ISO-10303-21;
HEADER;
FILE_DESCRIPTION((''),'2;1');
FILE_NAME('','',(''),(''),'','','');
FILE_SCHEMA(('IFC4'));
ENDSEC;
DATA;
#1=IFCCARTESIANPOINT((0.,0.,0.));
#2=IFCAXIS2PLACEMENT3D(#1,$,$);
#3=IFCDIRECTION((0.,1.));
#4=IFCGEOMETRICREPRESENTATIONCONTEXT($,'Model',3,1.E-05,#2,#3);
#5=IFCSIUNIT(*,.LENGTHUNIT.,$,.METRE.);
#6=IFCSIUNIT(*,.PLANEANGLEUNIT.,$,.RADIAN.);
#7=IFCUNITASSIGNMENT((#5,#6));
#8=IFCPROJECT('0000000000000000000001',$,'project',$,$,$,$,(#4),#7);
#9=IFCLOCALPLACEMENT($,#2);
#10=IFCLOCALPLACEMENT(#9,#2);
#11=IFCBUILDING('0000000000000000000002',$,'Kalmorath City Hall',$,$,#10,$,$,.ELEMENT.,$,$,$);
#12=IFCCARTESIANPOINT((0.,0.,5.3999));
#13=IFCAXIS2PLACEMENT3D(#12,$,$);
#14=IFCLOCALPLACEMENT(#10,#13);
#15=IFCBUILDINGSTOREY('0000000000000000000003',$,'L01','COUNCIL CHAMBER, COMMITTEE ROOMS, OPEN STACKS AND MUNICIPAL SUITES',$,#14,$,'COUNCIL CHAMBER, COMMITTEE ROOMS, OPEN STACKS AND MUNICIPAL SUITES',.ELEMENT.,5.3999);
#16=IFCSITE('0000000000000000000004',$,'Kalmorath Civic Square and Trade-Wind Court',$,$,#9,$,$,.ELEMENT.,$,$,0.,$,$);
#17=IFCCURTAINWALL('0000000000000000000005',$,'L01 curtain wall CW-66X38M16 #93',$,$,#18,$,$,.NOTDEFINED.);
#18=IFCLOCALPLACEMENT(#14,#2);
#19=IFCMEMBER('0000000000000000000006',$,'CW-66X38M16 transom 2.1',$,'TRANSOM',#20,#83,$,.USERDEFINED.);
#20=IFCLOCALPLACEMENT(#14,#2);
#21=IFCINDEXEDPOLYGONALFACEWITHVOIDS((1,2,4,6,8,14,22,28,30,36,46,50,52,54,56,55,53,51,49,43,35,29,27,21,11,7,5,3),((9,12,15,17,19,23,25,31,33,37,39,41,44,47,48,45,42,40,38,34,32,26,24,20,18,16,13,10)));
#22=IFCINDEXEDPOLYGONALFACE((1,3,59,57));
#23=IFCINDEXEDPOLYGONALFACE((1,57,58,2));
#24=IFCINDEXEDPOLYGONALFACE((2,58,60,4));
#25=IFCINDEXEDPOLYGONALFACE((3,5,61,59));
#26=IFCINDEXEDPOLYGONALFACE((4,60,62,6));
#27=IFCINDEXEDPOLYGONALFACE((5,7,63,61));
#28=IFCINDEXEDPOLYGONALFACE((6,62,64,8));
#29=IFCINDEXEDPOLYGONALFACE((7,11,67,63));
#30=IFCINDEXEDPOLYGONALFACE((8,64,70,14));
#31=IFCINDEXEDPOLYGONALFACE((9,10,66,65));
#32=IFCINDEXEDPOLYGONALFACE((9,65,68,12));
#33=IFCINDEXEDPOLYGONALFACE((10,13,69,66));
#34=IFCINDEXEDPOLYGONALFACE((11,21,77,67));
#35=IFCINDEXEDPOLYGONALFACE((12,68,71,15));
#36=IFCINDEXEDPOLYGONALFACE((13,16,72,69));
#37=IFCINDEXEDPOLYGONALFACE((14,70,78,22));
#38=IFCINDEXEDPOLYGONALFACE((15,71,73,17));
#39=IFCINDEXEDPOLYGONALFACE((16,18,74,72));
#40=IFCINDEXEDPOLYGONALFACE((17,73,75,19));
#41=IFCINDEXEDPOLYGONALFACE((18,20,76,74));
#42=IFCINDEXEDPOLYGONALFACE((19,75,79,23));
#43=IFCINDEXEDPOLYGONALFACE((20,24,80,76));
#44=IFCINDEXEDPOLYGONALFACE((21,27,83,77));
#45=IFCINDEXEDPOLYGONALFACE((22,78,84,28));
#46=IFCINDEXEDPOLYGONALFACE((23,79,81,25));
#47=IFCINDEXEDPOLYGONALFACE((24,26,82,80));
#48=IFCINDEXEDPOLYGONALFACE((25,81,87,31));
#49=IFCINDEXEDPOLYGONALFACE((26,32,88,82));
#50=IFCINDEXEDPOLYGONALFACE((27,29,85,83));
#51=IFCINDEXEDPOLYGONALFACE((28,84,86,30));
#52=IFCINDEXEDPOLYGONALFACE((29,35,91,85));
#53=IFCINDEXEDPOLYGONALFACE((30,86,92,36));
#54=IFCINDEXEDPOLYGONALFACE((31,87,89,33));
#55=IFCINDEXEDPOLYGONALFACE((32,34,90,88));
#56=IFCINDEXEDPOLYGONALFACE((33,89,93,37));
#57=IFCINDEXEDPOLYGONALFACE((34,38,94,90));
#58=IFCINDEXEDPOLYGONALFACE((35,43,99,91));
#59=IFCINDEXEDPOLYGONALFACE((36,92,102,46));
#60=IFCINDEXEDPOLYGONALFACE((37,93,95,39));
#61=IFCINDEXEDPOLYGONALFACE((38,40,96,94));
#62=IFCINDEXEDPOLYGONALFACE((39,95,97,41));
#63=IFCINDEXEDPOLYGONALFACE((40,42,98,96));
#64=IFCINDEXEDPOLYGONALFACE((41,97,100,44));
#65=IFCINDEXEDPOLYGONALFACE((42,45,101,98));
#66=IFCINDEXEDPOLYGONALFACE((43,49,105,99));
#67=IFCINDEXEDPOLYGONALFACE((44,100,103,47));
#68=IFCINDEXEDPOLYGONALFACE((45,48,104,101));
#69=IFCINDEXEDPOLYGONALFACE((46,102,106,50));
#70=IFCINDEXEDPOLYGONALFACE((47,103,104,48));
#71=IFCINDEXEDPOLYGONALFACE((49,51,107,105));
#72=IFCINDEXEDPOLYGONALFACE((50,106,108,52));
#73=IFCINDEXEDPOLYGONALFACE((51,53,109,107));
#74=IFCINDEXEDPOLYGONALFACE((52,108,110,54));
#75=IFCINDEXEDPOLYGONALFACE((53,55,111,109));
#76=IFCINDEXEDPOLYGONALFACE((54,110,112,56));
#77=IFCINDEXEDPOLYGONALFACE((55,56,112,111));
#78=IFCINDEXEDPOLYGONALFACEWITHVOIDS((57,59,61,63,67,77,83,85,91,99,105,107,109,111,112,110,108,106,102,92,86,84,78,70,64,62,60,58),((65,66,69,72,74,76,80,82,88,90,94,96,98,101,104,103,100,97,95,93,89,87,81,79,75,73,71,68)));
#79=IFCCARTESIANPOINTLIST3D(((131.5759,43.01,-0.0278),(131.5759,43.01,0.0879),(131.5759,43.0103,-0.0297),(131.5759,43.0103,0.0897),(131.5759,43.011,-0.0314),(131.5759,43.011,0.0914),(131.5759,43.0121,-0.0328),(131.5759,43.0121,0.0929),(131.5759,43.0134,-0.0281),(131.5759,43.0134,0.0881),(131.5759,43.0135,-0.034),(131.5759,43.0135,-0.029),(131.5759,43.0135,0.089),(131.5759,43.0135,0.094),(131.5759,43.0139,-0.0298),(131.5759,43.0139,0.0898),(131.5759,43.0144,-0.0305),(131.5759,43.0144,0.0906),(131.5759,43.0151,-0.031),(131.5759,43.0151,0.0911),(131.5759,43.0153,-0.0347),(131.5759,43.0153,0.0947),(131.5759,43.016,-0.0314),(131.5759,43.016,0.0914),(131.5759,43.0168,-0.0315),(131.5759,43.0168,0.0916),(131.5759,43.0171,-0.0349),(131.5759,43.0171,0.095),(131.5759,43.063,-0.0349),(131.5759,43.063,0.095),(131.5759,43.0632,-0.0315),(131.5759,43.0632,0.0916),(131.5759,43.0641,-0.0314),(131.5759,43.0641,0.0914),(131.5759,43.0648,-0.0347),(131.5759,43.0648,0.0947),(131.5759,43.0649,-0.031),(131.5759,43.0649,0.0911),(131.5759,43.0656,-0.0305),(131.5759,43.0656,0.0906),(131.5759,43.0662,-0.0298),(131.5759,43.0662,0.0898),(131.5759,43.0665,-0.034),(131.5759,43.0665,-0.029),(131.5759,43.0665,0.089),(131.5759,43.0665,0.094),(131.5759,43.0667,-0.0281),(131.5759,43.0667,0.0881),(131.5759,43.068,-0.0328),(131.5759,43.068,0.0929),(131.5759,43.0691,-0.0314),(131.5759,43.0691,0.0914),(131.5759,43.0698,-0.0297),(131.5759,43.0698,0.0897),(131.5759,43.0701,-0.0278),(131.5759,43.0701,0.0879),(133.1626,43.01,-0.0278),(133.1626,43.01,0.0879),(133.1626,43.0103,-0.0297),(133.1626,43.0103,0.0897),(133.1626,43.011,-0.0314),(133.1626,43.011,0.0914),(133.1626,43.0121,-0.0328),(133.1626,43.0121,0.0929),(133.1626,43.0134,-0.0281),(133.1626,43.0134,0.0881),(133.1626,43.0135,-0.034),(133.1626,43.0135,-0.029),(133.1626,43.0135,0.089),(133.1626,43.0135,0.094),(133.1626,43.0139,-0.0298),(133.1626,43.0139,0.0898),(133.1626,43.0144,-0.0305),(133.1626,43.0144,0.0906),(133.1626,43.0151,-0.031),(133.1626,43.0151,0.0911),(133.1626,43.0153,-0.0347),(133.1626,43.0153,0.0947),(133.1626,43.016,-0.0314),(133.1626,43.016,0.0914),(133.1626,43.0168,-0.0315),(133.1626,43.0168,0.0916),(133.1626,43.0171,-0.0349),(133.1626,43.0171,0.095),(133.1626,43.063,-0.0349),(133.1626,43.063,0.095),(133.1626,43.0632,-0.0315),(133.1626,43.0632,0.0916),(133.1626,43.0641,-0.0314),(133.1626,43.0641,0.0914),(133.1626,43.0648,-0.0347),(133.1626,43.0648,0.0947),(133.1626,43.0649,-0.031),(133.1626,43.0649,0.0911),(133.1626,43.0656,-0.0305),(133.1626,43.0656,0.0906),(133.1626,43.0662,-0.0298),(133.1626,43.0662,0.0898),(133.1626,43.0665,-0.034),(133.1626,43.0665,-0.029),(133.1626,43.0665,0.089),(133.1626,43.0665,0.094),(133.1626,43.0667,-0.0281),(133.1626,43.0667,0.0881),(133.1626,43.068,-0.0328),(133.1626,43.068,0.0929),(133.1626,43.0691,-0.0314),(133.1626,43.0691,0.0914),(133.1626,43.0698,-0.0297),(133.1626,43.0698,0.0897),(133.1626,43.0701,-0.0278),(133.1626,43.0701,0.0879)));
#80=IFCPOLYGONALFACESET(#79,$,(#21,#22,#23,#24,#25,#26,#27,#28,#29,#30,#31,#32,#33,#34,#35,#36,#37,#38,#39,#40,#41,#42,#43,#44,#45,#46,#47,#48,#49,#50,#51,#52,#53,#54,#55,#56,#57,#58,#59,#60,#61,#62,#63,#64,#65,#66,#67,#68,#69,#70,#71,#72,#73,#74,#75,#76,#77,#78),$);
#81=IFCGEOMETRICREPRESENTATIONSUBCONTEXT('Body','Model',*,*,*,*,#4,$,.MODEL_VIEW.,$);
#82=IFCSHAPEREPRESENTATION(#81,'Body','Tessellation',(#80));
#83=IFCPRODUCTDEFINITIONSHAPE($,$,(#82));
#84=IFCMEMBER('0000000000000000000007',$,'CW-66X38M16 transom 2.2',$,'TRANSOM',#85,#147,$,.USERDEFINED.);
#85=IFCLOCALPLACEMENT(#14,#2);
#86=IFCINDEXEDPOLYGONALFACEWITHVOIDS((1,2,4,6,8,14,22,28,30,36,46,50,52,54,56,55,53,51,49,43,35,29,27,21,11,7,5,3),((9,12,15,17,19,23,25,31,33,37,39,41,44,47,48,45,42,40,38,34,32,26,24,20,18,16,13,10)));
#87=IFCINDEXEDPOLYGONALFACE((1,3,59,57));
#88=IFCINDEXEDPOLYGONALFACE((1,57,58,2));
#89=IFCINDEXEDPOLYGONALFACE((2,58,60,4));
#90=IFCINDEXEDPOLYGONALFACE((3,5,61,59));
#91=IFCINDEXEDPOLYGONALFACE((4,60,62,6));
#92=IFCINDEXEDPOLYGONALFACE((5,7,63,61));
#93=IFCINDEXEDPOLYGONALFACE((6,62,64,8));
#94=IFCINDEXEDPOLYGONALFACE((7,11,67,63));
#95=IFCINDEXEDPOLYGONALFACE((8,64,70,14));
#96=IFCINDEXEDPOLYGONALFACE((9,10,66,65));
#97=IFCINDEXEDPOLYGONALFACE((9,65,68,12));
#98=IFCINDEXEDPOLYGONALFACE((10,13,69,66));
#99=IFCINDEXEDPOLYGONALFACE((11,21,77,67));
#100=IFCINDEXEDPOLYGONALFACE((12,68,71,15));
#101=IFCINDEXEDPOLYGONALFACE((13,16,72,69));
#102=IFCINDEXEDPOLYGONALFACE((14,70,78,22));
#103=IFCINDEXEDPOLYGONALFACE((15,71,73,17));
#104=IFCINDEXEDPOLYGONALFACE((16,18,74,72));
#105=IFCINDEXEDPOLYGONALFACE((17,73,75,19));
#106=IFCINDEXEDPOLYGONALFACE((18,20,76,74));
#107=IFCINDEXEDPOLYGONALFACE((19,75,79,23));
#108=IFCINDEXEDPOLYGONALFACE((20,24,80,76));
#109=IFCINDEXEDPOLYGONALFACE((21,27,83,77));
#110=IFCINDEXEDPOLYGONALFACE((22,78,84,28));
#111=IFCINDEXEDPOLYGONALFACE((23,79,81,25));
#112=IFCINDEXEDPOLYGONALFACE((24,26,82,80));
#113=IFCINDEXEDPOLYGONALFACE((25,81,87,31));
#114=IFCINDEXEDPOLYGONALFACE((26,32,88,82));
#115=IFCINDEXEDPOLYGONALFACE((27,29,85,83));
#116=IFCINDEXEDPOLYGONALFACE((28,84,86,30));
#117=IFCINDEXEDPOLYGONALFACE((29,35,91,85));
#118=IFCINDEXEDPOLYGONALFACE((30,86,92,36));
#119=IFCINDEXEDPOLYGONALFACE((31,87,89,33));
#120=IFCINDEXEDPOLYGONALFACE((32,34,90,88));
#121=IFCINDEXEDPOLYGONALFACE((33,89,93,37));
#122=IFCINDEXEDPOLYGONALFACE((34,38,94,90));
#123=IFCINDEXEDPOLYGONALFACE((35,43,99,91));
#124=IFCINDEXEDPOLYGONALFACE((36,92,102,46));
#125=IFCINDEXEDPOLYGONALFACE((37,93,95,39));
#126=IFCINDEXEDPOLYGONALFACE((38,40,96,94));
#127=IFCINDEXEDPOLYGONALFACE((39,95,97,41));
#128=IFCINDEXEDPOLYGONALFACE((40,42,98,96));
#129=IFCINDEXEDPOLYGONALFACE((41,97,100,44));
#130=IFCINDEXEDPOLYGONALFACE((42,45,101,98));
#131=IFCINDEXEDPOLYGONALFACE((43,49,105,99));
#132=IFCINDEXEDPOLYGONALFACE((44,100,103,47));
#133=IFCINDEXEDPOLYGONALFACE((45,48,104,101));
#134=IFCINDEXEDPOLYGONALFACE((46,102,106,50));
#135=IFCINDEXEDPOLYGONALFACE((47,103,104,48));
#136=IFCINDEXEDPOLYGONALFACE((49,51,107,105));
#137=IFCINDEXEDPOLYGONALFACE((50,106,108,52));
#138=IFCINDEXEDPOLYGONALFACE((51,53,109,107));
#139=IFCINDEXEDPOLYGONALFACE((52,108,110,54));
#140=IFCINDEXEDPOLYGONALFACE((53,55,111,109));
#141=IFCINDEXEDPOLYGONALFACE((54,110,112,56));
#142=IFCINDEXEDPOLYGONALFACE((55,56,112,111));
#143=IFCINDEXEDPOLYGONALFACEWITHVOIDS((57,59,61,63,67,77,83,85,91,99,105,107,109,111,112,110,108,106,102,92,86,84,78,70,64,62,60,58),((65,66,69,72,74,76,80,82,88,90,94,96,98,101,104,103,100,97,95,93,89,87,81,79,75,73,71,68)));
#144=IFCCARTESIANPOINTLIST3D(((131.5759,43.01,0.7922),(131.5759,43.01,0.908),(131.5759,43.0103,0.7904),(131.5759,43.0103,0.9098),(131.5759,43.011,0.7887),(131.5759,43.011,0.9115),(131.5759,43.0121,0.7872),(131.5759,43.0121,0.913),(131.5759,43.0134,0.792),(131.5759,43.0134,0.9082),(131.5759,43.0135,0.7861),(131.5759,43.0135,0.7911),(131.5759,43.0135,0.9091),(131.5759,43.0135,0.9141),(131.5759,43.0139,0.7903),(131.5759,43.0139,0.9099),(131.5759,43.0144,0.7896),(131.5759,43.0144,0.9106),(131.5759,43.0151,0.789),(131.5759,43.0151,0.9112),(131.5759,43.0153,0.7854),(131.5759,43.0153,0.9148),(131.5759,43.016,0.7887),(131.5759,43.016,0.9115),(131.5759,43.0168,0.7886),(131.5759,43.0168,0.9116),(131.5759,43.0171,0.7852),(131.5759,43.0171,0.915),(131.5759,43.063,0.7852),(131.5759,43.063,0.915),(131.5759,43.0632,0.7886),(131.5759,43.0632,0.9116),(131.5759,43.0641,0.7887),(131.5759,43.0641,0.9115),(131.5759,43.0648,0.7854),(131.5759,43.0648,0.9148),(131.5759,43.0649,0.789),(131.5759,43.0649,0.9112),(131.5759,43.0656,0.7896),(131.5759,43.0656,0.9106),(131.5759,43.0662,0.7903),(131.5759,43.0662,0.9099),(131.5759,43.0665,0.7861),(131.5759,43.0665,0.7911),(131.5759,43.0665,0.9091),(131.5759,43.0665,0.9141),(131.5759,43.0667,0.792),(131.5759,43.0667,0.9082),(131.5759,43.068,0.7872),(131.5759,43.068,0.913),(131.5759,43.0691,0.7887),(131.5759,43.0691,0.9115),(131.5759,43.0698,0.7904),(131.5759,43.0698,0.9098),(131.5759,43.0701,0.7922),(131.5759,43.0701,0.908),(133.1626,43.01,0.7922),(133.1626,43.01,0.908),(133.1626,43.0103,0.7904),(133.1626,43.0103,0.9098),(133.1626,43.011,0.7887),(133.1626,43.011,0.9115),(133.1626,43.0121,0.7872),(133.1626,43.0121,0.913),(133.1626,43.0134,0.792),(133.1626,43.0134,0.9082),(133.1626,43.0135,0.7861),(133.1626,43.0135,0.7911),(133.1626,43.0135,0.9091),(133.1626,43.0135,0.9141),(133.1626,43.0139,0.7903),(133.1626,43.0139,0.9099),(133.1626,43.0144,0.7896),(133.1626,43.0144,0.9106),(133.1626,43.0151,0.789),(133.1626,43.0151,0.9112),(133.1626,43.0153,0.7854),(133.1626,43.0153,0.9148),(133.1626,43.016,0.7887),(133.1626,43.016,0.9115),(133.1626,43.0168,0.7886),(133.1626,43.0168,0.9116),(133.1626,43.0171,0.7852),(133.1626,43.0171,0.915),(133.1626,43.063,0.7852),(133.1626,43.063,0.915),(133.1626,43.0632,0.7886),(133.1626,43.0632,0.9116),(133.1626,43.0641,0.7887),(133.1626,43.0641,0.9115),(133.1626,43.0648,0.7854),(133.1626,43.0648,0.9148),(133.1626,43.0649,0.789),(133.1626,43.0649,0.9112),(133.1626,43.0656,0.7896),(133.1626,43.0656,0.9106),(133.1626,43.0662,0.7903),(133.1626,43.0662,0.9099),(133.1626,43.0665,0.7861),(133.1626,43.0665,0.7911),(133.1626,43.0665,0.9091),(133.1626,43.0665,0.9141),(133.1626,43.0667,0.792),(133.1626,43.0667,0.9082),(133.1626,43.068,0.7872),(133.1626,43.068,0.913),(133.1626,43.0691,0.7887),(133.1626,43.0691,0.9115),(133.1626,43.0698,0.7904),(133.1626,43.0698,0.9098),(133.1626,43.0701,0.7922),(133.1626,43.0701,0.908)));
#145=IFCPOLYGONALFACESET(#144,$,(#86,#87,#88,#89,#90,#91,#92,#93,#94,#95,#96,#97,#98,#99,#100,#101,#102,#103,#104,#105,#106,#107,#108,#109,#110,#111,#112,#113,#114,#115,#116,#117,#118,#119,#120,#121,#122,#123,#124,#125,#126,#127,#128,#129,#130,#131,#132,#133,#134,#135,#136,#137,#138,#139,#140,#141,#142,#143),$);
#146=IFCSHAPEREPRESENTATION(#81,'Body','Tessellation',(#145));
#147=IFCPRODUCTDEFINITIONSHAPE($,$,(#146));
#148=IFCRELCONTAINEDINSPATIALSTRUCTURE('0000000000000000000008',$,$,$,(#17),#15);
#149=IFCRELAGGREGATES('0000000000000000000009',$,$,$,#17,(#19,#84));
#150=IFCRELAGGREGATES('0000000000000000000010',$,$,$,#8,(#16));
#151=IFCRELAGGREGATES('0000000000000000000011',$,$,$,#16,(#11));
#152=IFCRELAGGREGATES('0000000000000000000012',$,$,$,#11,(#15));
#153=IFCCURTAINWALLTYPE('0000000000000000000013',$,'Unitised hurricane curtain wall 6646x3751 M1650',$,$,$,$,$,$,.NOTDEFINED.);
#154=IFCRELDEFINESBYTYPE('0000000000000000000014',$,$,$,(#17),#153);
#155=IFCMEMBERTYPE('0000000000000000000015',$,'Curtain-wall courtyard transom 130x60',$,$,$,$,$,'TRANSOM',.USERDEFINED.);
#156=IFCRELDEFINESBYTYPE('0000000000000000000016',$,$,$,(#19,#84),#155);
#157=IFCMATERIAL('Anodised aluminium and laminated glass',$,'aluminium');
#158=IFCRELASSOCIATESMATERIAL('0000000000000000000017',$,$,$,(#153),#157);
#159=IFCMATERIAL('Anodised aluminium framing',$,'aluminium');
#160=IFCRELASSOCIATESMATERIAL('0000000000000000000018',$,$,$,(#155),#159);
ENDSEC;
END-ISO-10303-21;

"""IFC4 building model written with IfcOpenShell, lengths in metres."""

from ifc_helpers import new_model, si_unit, direction, frame, origin, origin_2d, place, context, subcontext, project, spatial, hollow_rectangle, extrude, material, material_profile, profile_set, type_object, element, aggregate, save


model = new_model("IFC4")

# Units and contexts
model_context = context("Model", 3, precision=1e-05, world=origin(), true_north=direction((0.0, 1.0)))
body_context = subcontext(model_context, "Body", "Model", "MODEL_VIEW")
ifc_project = project(units=[si_unit("LENGTHUNIT", "METRE"), si_unit("PLANEANGLEUNIT", "RADIAN")], contexts=[model_context])

# Site, building, storey
site_placement = place(None, origin())
site = spatial("IfcSite", under=ifc_project, at=site_placement, Name="Kalmorath Civic Square and Trade-Wind Court", CompositionType="ELEMENT", RefElevation=0.0)
building_placement = place(site_placement, origin())
building = spatial("IfcBuilding", under=site, at=building_placement, Name="Kalmorath City Hall", CompositionType="ELEMENT")
storey_placement = place(building_placement, frame((0.0, 0.0, 5.3999)))
storey = spatial("IfcBuildingStorey", under=building, at=storey_placement, Name="L01", Description="COUNCIL CHAMBER, COMMITTEE ROOMS, OPEN STACKS AND MUNICIPAL SUITES", LongName="COUNCIL CHAMBER, COMMITTEE ROOMS, OPEN STACKS AND MUNICIPAL SUITES", CompositionType="ELEMENT", Elevation=5.3999)

# Curtain wall, members
ifc_material_1 = material(Name="Anodised aluminium and laminated glass", Category="aluminium")
curtain_wall_type = type_object("IfcCurtainWallType", Name="Unitised hurricane curtain wall 6646x3751 M1650", PredefinedType="NOTDEFINED", material=ifc_material_1)
curtain_wall_placement = place(storey_placement, origin())
curtain_wall = element("IfcCurtainWall", 1, at=curtain_wall_placement, inside=storey, type_object=curtain_wall_type, Name="L01 curtain wall CW-66X38M16 #93", PredefinedType="NOTDEFINED")
ifc_material_2 = material(Name="Anodised aluminium framing", Category="aluminium")
ifc_material_profile_1 = material_profile(ifc_material_2, hollow_rectangle(XDim=0.0601, YDim=0.1299, WallThickness=0.0034, InnerFilletRadius=0.0034, OuterFilletRadius=0.0071, at=origin_2d()), Name="ALU-TRN-130X60X3.5")
ifc_profile_set_1 = profile_set([ifc_material_profile_1], Name="Anodised aluminium framing")
member_type_1 = type_object("IfcMemberType", Name="Curtain-wall courtyard transom 130x60", ElementType="TRANSOM", PredefinedType="USERDEFINED", material=ifc_profile_set_1)
member_1_placement = place(storey_placement, frame((131.5759, 43.04, 0.03), z_axis=(1.0, 0.0, 0.0), x_axis=(0.0, 1.0, 0.0)))
member_1 = element("IfcMember", 2, at=member_1_placement, type_object=member_type_1, Name="CW-66X38M16 transom 2.1", ObjectType="TRANSOM", PredefinedType="USERDEFINED", context=body_context, shape_type="SweptSolid", body=[
    extrude(hollow_rectangle(XDim=0.0601, YDim=0.1299, WallThickness=0.0034, InnerFilletRadius=0.0034, OuterFilletRadius=0.0071, at=origin_2d()), origin(), (0.0, 0.0, 1.0), 1.5867),
])
member_2_placement = place(storey_placement, frame((131.5759, 43.04, 0.8501), z_axis=(1.0, 0.0, 0.0), x_axis=(0.0, 1.0, 0.0)))
member_2 = element("IfcMember", 3, at=member_2_placement, type_object=member_type_1, Name="CW-66X38M16 transom 2.2", ObjectType="TRANSOM", PredefinedType="USERDEFINED", context=body_context, shape_type="SweptSolid", body=[
    extrude(hollow_rectangle(XDim=0.0601, YDim=0.1299, WallThickness=0.0034, InnerFilletRadius=0.0034, OuterFilletRadius=0.0071, at=origin_2d()), origin(), (0.0, 0.0, 1.0), 1.5867),
])

aggregate(curtain_wall, [member_1, member_2])

save(model, "model.ifc")
